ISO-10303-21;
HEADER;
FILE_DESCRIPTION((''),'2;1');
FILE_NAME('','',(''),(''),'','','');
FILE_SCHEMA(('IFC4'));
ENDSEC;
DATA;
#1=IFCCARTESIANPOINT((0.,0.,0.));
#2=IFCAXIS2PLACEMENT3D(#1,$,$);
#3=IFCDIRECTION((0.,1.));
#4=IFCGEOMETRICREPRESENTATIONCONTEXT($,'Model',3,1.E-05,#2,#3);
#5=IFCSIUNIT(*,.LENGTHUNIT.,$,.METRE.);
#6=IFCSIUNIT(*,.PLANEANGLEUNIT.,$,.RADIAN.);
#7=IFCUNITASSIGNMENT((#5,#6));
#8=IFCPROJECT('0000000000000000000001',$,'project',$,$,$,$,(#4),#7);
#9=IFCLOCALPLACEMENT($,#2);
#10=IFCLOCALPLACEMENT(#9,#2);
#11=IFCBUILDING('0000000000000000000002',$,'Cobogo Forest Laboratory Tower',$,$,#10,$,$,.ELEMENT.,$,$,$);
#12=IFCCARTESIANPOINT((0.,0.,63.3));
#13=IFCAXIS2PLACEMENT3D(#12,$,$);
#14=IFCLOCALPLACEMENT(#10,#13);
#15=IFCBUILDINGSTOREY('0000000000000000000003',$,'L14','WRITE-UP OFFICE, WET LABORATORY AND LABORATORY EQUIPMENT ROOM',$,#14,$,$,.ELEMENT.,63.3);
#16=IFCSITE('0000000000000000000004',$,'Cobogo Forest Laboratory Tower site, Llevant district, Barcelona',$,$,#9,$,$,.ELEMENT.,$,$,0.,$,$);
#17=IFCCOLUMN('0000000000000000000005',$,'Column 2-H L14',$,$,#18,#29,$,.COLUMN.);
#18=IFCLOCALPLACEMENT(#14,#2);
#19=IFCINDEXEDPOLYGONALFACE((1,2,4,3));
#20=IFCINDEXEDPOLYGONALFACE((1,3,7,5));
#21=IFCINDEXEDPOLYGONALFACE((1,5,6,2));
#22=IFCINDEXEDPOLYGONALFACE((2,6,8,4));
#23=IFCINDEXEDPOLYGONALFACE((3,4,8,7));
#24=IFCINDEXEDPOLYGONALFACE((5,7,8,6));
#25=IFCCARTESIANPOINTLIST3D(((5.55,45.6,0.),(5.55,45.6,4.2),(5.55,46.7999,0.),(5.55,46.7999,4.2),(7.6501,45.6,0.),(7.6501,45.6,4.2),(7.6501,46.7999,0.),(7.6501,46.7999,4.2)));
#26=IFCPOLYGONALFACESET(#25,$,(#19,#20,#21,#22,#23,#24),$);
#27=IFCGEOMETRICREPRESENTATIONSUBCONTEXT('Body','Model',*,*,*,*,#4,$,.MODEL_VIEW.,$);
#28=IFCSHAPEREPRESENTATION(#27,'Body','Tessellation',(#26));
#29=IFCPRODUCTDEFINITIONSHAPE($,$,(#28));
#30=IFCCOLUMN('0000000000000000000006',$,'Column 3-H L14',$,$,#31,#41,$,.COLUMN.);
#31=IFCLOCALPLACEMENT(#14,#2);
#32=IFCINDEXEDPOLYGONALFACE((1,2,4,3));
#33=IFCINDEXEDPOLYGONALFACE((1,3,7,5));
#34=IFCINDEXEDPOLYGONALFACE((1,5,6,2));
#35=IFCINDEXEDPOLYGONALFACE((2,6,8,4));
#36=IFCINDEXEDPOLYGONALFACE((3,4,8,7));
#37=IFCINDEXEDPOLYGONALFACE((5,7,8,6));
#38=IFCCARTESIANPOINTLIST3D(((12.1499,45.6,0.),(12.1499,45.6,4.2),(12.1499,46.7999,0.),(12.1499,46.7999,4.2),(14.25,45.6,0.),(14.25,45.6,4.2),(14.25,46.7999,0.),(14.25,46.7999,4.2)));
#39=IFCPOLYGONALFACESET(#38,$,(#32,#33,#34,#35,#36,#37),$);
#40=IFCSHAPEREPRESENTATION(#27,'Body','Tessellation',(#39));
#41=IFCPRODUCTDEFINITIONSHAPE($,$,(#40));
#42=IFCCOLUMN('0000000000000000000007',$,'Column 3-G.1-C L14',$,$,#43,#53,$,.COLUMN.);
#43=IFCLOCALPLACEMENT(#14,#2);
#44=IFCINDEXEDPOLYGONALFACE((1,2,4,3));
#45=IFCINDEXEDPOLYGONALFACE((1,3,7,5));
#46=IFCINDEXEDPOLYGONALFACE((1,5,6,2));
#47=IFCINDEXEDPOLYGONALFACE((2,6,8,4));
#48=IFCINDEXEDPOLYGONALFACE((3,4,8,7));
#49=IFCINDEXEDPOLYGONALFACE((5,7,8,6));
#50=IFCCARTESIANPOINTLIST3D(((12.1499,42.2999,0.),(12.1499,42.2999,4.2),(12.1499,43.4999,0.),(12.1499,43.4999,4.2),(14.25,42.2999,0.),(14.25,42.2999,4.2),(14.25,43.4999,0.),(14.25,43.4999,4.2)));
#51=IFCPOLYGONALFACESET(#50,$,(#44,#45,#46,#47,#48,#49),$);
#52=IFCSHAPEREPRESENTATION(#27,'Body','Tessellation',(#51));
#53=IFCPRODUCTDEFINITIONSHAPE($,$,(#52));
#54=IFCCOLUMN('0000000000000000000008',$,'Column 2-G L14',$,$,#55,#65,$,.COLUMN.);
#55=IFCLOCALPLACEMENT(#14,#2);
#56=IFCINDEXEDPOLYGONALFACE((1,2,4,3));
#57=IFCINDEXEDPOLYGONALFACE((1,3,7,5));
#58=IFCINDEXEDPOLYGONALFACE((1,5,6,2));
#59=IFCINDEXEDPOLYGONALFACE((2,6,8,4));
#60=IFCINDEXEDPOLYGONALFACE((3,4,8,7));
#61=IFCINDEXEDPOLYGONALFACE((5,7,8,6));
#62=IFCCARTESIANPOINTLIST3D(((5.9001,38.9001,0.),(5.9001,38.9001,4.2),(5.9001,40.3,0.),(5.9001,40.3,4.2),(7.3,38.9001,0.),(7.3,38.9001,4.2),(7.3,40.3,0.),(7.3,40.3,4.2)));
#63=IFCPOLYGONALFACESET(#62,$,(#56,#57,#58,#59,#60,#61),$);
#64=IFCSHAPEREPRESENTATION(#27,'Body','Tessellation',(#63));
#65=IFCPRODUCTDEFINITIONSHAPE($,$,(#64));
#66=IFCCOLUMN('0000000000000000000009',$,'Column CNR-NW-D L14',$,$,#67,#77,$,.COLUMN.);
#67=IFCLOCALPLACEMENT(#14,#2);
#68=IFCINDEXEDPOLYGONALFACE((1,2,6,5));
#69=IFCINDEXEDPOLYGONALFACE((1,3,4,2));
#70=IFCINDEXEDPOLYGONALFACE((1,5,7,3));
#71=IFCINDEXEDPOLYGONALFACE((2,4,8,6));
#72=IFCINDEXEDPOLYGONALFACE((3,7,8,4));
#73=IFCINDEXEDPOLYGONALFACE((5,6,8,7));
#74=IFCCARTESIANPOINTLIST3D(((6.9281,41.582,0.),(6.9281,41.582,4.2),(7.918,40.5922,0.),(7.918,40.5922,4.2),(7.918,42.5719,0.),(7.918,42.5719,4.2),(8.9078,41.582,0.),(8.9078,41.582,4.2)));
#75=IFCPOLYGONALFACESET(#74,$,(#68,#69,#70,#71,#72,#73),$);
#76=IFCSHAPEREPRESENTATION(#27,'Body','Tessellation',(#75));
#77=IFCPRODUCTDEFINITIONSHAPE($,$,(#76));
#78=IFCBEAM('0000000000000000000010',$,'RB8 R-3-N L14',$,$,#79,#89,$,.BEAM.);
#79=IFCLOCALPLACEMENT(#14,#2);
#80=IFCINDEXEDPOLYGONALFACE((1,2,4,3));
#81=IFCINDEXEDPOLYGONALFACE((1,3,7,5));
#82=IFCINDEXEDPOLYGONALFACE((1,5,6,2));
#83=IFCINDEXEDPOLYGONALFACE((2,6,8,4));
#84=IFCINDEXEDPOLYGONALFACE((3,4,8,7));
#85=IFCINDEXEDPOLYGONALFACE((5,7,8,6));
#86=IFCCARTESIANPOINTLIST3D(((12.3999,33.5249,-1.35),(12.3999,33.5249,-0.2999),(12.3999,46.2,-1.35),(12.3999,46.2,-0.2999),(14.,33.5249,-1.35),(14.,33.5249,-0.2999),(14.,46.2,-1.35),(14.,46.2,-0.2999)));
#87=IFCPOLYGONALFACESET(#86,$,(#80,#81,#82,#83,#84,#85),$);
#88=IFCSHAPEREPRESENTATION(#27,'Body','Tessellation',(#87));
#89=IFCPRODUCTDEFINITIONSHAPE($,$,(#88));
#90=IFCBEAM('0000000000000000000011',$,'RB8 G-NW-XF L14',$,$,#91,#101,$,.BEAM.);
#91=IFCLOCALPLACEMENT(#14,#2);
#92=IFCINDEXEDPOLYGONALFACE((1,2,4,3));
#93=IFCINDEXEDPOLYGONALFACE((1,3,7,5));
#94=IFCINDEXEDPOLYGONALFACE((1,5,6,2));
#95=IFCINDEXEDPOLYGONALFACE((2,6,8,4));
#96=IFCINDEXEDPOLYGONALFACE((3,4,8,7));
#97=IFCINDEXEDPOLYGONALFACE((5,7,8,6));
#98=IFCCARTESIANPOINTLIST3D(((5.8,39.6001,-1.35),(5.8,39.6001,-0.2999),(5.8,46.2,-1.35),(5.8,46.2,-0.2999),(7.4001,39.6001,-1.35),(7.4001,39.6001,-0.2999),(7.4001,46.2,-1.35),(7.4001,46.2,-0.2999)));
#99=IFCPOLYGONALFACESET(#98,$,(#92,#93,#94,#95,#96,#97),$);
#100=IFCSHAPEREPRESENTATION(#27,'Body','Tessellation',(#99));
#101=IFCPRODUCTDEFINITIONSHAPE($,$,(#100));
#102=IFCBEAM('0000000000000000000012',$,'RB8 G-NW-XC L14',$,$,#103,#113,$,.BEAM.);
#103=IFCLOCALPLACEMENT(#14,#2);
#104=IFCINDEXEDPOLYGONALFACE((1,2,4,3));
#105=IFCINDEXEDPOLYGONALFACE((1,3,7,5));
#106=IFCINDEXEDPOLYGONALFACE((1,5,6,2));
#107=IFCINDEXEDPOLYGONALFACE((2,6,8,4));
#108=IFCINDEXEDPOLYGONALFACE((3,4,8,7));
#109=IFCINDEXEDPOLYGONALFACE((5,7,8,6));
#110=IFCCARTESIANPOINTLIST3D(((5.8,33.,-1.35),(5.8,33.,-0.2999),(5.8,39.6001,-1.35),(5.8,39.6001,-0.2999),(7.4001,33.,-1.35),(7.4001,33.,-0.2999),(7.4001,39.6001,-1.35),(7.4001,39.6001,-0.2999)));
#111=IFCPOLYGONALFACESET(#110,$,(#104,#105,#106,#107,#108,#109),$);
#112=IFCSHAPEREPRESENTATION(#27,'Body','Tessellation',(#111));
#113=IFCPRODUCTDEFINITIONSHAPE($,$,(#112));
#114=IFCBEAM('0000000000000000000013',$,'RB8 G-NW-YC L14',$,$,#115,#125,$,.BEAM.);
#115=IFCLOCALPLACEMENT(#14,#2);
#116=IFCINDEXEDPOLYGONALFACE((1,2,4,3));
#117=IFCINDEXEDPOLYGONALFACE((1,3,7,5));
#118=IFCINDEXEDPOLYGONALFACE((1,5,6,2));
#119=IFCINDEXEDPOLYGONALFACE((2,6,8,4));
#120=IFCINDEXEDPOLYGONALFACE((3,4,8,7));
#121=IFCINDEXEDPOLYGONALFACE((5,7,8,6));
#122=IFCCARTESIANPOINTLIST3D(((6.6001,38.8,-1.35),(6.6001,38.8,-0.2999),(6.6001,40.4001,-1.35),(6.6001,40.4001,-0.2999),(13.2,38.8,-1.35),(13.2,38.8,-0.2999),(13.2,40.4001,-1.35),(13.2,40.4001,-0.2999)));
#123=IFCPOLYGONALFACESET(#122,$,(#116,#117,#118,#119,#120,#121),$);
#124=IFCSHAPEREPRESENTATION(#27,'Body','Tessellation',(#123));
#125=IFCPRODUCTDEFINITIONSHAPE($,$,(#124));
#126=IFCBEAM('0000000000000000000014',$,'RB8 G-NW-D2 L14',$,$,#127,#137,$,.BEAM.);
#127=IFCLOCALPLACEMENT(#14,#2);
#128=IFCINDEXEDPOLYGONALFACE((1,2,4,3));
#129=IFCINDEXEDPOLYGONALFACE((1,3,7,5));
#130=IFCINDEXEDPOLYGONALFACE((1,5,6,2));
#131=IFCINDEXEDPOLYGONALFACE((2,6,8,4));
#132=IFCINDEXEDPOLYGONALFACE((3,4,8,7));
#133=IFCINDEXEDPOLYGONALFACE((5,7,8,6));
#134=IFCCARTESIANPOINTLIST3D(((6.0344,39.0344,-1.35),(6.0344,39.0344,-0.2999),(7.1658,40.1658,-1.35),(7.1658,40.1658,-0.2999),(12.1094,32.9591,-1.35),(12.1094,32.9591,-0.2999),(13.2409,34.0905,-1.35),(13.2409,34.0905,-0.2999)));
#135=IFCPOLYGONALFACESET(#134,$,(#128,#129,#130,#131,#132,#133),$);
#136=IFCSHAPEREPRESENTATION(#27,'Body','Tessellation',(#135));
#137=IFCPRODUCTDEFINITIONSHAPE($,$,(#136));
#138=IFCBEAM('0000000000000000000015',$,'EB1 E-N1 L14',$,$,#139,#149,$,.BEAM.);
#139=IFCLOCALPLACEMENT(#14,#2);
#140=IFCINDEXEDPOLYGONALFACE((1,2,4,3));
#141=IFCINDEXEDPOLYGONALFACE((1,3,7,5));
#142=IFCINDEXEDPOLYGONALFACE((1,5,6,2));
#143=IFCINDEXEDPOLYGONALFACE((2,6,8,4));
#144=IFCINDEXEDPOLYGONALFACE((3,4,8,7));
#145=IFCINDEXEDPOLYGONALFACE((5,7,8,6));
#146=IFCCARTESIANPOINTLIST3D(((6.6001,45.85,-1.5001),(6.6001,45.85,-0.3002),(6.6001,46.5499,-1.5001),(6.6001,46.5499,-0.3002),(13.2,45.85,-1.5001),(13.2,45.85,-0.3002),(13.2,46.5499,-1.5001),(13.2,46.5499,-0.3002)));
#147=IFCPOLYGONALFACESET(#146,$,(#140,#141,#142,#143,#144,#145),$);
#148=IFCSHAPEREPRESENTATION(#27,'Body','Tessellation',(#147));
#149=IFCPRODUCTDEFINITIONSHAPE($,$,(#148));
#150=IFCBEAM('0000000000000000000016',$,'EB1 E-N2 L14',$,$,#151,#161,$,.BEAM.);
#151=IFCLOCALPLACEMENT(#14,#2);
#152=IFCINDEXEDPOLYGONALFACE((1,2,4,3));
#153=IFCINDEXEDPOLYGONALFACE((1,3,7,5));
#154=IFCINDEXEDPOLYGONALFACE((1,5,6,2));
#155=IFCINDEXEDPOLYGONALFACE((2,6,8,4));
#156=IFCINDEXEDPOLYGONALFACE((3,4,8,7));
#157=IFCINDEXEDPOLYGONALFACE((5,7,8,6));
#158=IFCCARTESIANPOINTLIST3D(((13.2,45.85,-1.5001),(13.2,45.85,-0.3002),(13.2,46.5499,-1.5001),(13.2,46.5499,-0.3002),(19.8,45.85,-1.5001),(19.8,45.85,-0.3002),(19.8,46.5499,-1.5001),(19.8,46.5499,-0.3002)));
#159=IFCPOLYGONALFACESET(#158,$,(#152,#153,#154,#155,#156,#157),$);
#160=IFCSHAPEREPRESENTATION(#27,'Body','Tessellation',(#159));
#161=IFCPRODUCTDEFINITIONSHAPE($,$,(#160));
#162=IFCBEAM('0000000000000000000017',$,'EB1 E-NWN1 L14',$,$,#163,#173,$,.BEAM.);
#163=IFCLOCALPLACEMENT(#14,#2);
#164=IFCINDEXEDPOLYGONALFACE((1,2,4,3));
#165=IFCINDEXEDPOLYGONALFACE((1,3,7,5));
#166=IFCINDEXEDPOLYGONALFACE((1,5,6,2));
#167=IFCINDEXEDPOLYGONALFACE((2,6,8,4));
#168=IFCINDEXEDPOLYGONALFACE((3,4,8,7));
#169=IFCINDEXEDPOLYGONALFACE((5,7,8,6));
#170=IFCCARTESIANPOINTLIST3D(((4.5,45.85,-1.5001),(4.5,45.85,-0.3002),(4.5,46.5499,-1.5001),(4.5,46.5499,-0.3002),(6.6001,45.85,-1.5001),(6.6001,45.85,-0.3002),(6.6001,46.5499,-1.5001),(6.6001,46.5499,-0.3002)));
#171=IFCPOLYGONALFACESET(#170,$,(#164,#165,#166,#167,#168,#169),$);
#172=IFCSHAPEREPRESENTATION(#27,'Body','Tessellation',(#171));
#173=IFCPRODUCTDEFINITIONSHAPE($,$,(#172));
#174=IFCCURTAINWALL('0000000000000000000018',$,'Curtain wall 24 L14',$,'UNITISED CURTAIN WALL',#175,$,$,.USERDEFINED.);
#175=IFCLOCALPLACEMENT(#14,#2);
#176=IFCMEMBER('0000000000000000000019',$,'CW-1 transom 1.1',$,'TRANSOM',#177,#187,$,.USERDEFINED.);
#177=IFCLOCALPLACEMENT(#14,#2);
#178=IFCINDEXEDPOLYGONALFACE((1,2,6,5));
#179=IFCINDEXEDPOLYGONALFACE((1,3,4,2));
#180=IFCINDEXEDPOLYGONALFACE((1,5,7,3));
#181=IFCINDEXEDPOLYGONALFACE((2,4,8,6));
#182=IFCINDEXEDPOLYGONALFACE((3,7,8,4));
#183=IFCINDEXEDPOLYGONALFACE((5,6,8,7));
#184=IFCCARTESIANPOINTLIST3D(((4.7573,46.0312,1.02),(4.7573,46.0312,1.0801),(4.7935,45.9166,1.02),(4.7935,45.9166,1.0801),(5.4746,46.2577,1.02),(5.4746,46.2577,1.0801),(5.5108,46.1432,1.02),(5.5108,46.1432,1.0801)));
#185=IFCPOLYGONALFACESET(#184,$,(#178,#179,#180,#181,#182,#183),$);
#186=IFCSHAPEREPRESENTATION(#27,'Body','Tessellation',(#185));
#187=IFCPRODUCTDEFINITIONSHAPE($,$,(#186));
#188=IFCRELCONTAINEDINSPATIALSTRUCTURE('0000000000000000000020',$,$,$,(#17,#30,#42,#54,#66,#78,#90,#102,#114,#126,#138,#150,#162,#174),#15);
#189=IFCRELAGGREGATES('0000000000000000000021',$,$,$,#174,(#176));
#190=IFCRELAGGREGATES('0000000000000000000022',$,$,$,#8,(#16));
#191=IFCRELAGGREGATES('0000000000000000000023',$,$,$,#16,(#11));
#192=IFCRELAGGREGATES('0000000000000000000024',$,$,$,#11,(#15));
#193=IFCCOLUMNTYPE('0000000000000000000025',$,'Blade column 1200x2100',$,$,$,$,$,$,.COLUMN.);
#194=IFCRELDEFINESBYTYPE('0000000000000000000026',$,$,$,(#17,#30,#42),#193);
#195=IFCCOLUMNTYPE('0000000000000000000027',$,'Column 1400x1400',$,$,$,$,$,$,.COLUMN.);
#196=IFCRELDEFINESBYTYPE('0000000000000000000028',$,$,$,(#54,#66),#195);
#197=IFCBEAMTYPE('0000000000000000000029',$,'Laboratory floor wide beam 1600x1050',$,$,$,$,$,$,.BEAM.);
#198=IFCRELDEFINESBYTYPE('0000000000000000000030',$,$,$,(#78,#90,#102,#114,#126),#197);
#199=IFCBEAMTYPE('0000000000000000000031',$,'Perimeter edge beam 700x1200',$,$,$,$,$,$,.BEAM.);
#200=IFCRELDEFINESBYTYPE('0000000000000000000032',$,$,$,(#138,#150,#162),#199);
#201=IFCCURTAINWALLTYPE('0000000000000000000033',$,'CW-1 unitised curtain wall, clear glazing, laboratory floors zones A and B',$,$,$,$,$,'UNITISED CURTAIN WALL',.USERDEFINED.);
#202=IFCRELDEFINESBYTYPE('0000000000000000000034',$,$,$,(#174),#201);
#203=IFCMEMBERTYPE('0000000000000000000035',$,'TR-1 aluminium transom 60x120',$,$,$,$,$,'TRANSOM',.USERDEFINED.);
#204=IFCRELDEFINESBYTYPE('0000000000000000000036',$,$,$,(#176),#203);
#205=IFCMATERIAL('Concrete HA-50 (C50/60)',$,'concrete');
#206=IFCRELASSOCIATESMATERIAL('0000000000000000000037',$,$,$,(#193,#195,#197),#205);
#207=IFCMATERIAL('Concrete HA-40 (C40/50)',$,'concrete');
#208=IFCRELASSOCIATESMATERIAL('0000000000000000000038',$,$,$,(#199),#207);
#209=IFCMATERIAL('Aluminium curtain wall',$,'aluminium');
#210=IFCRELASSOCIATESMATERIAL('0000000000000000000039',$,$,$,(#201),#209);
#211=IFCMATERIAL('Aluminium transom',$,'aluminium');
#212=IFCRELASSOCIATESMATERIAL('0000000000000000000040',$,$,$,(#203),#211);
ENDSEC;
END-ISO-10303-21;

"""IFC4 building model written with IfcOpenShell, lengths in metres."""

from ifc_helpers import new_model, si_unit, direction, frame, origin, origin_2d, place, context, subcontext, project, spatial, rectangle, extrude, material, material_profile, profile_set, type_object, element, aggregate, save


model = new_model("IFC4")

# Units and contexts
model_context = context("Model", 3, precision=1e-05, world=origin(), true_north=direction((0.0, 1.0)))
body_context = subcontext(model_context, "Body", "Model", "MODEL_VIEW")
ifc_project = project(units=[si_unit("LENGTHUNIT", "METRE"), si_unit("PLANEANGLEUNIT", "RADIAN")], contexts=[model_context])

# Site, building, storey
site_placement = place(None, origin())
site = spatial("IfcSite", under=ifc_project, at=site_placement, Name="Cobogo Forest Laboratory Tower site, Llevant district, Barcelona", CompositionType="ELEMENT", RefElevation=0.0)
building_placement = place(site_placement, origin())
building = spatial("IfcBuilding", under=site, at=building_placement, Name="Cobogo Forest Laboratory Tower", CompositionType="ELEMENT")
storey_placement = place(building_placement, frame((0.0, 0.0, 63.3)))
storey = spatial("IfcBuildingStorey", under=building, at=storey_placement, Name="L14", Description="WRITE-UP OFFICE, WET LABORATORY AND LABORATORY EQUIPMENT ROOM", CompositionType="ELEMENT", Elevation=63.3)

# Columns
ifc_material_1 = material(Name="Concrete HA-50 (C50/60)", Category="concrete")
ifc_material_profile_1 = material_profile(ifc_material_1, rectangle(XDim=2.1001, YDim=1.2, at=origin_2d()), Name="RC 1200x2100")
ifc_profile_set_1 = profile_set([ifc_material_profile_1], Name="Concrete HA-50 (C50/60)")
column_type_1 = type_object("IfcColumnType", Name="Blade column 1200x2100", PredefinedType="COLUMN", material=ifc_profile_set_1)
for number, where, z_axis, x_axis, name in (
    (1, (6.6001, 46.2, 0.0), (0.0, 0.0, 1.0), (1.0, 0.0, 0.0), "Column 2-H L14"),
    (2, (13.2, 46.2, 0.0), (0.0, 0.0, 1.0), (1.0, 0.0, 0.0), "Column 3-H L14"),
    (3, (13.2, 42.8999, 0.0), (0.0, 0.0, 1.0), (1.0, 0.0, 0.0), "Column 3-G.1-C L14"),
):
    element("IfcColumn", number, at=place(storey_placement, frame(where, z_axis=z_axis, x_axis=x_axis)), inside=storey, type_object=column_type_1, Name=name, PredefinedType="COLUMN", context=body_context, shape_type="SweptSolid", body=[
        extrude(rectangle(XDim=2.1001, YDim=1.2, at=origin_2d()), origin(), (0.0, 0.0, 1.0), 4.2),
    ])
ifc_material_profile_2 = material_profile(ifc_material_1, rectangle(XDim=1.3999, YDim=1.3999, at=origin_2d()), Name="RC 1400x1400")
ifc_profile_set_2 = profile_set([ifc_material_profile_2], Name="Concrete HA-50 (C50/60)")
column_type_2 = type_object("IfcColumnType", Name="Column 1400x1400", PredefinedType="COLUMN", material=ifc_profile_set_2)
for number, where, z_axis, x_axis, name in (
    (4, (6.6001, 39.6001, 0.0), (0.0, 0.0, 1.0), (1.0, 0.0, 0.0), "Column 2-G L14"),
    (5, (7.918, 41.582, 0.0), (0.0, 0.0, 1.0), (0.707107, 0.707107, 0.0), "Column CNR-NW-D L14"),
):
    element("IfcColumn", number, at=place(storey_placement, frame(where, z_axis=z_axis, x_axis=x_axis)), inside=storey, type_object=column_type_2, Name=name, PredefinedType="COLUMN", context=body_context, shape_type="SweptSolid", body=[
        extrude(rectangle(XDim=1.3999, YDim=1.3999, at=origin_2d()), origin(), (0.0, 0.0, 1.0), 4.2),
    ])

# Beams
ifc_material_profile_3 = material_profile(ifc_material_1, rectangle(XDim=1.6001, YDim=1.05, at=origin_2d()), Name="RC 1600x1050")
ifc_profile_set_3 = profile_set([ifc_material_profile_3], Name="Concrete HA-50 (C50/60)")
beam_type_1 = type_object("IfcBeamType", Name="Laboratory floor wide beam 1600x1050", PredefinedType="BEAM", material=ifc_profile_set_3)
beam_1_placement = place(storey_placement, frame((13.2, 33.5249, -0.825), z_axis=(0.0, 1.0, 0.0), x_axis=(-1.0, 0.0, 0.0)))
element("IfcBeam", 6, at=beam_1_placement, inside=storey, type_object=beam_type_1, Name="RB8 R-3-N L14", PredefinedType="BEAM", context=body_context, shape_type="SweptSolid", body=[
    extrude(rectangle(XDim=1.6001, YDim=1.05, at=origin_2d()), origin(), (0.0, 0.0, 1.0), 12.675),
])
beam_2_placement = place(storey_placement, frame((6.6001, 46.2, -0.825), z_axis=(0.0, -1.0, 0.0), x_axis=(1.0, 0.0, 0.0)))
element("IfcBeam", 7, at=beam_2_placement, inside=storey, type_object=beam_type_1, Name="RB8 G-NW-XF L14", PredefinedType="BEAM", context=body_context, shape_type="SweptSolid", body=[
    extrude(rectangle(XDim=1.6001, YDim=1.05, at=origin_2d()), origin(), (0.0, 0.0, 1.0), 6.5999),
])
beam_3_placement = place(storey_placement, frame((6.6001, 39.6001, -0.825), z_axis=(0.0, -1.0, 0.0), x_axis=(1.0, 0.0, 0.0)))
element("IfcBeam", 8, at=beam_3_placement, inside=storey, type_object=beam_type_1, Name="RB8 G-NW-XC L14", PredefinedType="BEAM", context=body_context, shape_type="SweptSolid", body=[
    extrude(rectangle(XDim=1.6001, YDim=1.05, at=origin_2d()), origin(), (0.0, 0.0, 1.0), 6.6001),
])
beam_4_placement = place(storey_placement, frame((6.6001, 39.6001, -0.825), z_axis=(1.0, 0.0, 0.0), x_axis=(0.0, 1.0, 0.0)))
element("IfcBeam", 9, at=beam_4_placement, inside=storey, type_object=beam_type_1, Name="RB8 G-NW-YC L14", PredefinedType="BEAM", context=body_context, shape_type="SweptSolid", body=[
    extrude(rectangle(XDim=1.6001, YDim=1.05, at=origin_2d()), origin(), (0.0, 0.0, 1.0), 6.5999),
])
beam_5_placement = place(storey_placement, frame((6.6001, 39.6001, -0.825), z_axis=(0.707093, -0.707121, 0.0), x_axis=(0.707121, 0.707093, 0.0)))
element("IfcBeam", 10, at=beam_5_placement, inside=storey, type_object=beam_type_1, Name="RB8 G-NW-D2 L14", PredefinedType="BEAM", context=body_context, shape_type="SweptSolid", body=[
    extrude(rectangle(XDim=1.6001, YDim=1.05, at=origin_2d()), origin(), (0.0, 0.0, 1.0), 8.5916),
])
ifc_material_2 = material(Name="Concrete HA-40 (C40/50)", Category="concrete")
ifc_material_profile_4 = material_profile(ifc_material_2, rectangle(XDim=0.7, YDim=1.2, at=origin_2d()), Name="RC 700x1200")
ifc_profile_set_4 = profile_set([ifc_material_profile_4], Name="Concrete HA-40 (C40/50)")
beam_type_2 = type_object("IfcBeamType", Name="Perimeter edge beam 700x1200", PredefinedType="BEAM", material=ifc_profile_set_4)
beam_6_placement = place(storey_placement, frame((6.6001, 46.2, -0.9001), z_axis=(1.0, 0.0, 0.0), x_axis=(0.0, 1.0, 0.0)))
element("IfcBeam", 11, at=beam_6_placement, inside=storey, type_object=beam_type_2, Name="EB1 E-N1 L14", PredefinedType="BEAM", context=body_context, shape_type="SweptSolid", body=[
    extrude(rectangle(XDim=0.7, YDim=1.2, at=origin_2d()), origin(), (0.0, 0.0, 1.0), 6.5999),
])
beam_7_placement = place(storey_placement, frame((13.2, 46.2, -0.9001), z_axis=(1.0, 0.0, 0.0), x_axis=(0.0, 1.0, 0.0)))
element("IfcBeam", 12, at=beam_7_placement, inside=storey, type_object=beam_type_2, Name="EB1 E-N2 L14", PredefinedType="BEAM", context=body_context, shape_type="SweptSolid", body=[
    extrude(rectangle(XDim=0.7, YDim=1.2, at=origin_2d()), origin(), (0.0, 0.0, 1.0), 6.6001),
])
beam_8_placement = place(storey_placement, frame((6.6001, 46.2, -0.9001), z_axis=(-1.0, 0.0, 0.0), x_axis=(0.0, -1.0, 0.0)))
element("IfcBeam", 13, at=beam_8_placement, inside=storey, type_object=beam_type_2, Name="EB1 E-NWN1 L14", PredefinedType="BEAM", context=body_context, shape_type="SweptSolid", body=[
    extrude(rectangle(XDim=0.7, YDim=1.2, at=origin_2d()), origin(), (0.0, 0.0, 1.0), 2.1001),
])

# Curtain wall, member
ifc_material_3 = material(Name="Aluminium curtain wall", Category="aluminium")
curtain_wall_type = type_object("IfcCurtainWallType", Name="CW-1 unitised curtain wall, clear glazing, laboratory floors zones A and B", ElementType="UNITISED CURTAIN WALL", PredefinedType="USERDEFINED", material=ifc_material_3)
curtain_wall_placement = place(storey_placement, origin())
curtain_wall = element("IfcCurtainWall", 14, at=curtain_wall_placement, inside=storey, type_object=curtain_wall_type, Name="Curtain wall 24 L14", ObjectType="UNITISED CURTAIN WALL", PredefinedType="USERDEFINED")
ifc_material_4 = material(Name="Aluminium transom", Category="aluminium")
ifc_material_profile_5 = material_profile(ifc_material_4, rectangle(XDim=0.1201, YDim=0.0601, at=origin_2d()), Name="AL 60x120")
ifc_profile_set_5 = profile_set([ifc_material_profile_5], Name="Aluminium transom")
member_type = type_object("IfcMemberType", Name="TR-1 aluminium transom 60x120", ElementType="TRANSOM", PredefinedType="USERDEFINED", material=ifc_profile_set_5)
member_placement = place(storey_placement, frame((5.4927, 46.2004, 1.05), z_axis=(-0.953563, -0.301194, 0.0), x_axis=(0.301194, -0.953563, 0.0)))
member = element("IfcMember", 15, at=member_placement, type_object=member_type, Name="CW-1 transom 1.1", ObjectType="TRANSOM", PredefinedType="USERDEFINED", context=body_context, shape_type="SweptSolid", body=[
    extrude(rectangle(XDim=0.1201, YDim=0.0601, at=origin_2d()), origin(), (0.0, 0.0, 1.0), 0.7522),
])
aggregate(curtain_wall, [member])

save(model, "model.ifc")
